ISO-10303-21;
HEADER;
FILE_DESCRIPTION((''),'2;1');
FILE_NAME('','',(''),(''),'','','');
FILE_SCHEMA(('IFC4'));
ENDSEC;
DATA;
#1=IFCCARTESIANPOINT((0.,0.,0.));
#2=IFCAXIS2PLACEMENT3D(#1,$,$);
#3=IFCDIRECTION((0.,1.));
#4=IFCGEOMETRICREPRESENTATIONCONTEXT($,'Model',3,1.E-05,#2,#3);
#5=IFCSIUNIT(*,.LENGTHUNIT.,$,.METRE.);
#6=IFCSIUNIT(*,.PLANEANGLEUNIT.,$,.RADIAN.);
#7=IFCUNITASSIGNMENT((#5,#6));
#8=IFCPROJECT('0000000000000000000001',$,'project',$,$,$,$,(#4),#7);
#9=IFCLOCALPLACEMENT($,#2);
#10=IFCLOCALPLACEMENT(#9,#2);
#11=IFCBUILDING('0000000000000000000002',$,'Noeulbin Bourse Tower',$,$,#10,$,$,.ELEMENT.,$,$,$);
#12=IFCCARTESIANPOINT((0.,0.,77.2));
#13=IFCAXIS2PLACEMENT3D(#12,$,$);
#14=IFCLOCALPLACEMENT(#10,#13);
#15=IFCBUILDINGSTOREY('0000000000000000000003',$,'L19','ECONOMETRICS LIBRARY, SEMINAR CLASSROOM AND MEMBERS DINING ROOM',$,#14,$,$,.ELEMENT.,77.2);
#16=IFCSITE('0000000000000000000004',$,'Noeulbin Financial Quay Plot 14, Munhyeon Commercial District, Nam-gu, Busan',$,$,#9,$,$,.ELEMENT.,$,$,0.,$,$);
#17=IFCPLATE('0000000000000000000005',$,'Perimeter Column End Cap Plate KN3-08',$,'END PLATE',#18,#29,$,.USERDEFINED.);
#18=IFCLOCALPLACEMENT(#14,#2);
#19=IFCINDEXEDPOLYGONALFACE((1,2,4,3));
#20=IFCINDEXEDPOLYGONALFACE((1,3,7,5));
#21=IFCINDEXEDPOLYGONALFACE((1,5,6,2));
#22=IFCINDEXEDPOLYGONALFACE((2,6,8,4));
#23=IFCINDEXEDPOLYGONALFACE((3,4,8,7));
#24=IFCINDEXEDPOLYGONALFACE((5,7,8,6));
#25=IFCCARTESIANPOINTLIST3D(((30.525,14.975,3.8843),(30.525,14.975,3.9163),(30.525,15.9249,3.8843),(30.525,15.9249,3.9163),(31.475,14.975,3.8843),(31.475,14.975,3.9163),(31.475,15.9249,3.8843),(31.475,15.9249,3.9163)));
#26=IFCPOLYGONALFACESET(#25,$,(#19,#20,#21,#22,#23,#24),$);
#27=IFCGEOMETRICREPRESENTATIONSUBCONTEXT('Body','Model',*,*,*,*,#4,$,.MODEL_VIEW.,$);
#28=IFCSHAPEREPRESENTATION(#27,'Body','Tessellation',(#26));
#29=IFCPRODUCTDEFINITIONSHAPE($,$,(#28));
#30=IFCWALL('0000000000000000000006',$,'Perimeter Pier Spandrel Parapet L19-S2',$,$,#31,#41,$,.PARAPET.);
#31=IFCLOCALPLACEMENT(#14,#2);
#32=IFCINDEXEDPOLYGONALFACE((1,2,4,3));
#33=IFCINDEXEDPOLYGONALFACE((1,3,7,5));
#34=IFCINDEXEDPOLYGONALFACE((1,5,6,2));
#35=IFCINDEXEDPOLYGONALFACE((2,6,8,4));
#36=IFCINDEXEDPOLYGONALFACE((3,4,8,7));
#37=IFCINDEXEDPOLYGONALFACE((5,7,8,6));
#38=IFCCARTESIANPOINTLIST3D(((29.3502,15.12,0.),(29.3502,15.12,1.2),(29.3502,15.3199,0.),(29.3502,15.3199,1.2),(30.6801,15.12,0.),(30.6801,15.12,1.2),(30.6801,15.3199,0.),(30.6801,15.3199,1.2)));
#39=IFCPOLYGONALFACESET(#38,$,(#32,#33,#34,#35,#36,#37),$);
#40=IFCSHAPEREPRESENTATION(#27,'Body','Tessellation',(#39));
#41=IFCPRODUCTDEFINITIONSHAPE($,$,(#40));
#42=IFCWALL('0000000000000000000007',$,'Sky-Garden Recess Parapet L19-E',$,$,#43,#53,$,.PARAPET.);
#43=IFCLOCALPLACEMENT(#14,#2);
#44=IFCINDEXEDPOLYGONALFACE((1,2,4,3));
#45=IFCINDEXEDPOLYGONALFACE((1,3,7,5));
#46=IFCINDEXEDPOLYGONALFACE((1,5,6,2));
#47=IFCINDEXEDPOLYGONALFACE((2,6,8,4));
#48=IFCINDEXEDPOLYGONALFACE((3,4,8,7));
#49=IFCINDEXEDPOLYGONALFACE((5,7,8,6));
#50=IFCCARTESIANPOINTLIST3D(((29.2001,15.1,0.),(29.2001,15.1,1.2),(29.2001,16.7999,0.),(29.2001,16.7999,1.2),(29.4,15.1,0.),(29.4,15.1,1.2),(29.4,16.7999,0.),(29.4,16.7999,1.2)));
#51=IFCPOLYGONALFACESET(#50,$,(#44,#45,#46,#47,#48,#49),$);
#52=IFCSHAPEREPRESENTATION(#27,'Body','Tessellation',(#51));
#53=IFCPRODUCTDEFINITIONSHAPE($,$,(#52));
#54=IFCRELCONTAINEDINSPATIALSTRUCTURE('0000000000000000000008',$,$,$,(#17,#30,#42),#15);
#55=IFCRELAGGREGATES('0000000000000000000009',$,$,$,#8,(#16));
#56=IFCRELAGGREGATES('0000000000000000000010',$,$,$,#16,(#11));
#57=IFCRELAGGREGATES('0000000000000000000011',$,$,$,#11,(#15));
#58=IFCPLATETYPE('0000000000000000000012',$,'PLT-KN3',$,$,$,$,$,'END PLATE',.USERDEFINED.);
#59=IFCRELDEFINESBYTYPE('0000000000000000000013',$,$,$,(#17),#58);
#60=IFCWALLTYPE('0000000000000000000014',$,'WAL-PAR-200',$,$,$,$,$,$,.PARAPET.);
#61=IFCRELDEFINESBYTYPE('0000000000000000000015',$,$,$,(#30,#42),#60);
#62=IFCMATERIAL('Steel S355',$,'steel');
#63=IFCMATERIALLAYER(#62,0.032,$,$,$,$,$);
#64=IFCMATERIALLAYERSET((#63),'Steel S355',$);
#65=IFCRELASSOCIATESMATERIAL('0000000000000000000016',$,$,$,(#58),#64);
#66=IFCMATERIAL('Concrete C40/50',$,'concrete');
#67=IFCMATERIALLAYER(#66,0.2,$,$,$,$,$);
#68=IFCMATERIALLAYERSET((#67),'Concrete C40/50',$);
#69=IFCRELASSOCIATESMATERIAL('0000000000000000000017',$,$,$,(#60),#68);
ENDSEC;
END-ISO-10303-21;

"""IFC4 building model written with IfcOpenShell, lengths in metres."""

from ifc_helpers import new_model, si_unit, direction, frame, frame_2d, origin, origin_2d, place, context, subcontext, project, spatial, rectangle, extrude, material, layer, layer_set, type_object, element, save


model = new_model("IFC4")

# Units and contexts
model_context = context("Model", 3, precision=1e-05, world=origin(), true_north=direction((0.0, 1.0)))
body_context = subcontext(model_context, "Body", "Model", "MODEL_VIEW")
ifc_project = project(units=[si_unit("LENGTHUNIT", "METRE"), si_unit("PLANEANGLEUNIT", "RADIAN")], contexts=[model_context])

# Site, building, storey
site_placement = place(None, origin())
site = spatial("IfcSite", under=ifc_project, at=site_placement, Name="Noeulbin Financial Quay Plot 14, Munhyeon Commercial District, Nam-gu, Busan", CompositionType="ELEMENT", RefElevation=0.0)
building_placement = place(site_placement, origin())
building = spatial("IfcBuilding", under=site, at=building_placement, Name="Noeulbin Bourse Tower", CompositionType="ELEMENT")
storey_placement = place(building_placement, frame((0.0, 0.0, 77.2)))
storey = spatial("IfcBuildingStorey", under=building, at=storey_placement, Name="L19", Description="ECONOMETRICS LIBRARY, SEMINAR CLASSROOM AND MEMBERS DINING ROOM", CompositionType="ELEMENT", Elevation=77.2)

# Shared definitions
ifc_material_1 = material(Name="Steel S355", Category="steel")

# Plate
ifc_layer_1 = layer(ifc_material_1, 0.032)
ifc_layer_set_1 = layer_set([ifc_layer_1], Name="Steel S355")
plate_type_1 = type_object("IfcPlateType", Name="PLT-KN3", ElementType="END PLATE", PredefinedType="USERDEFINED", material=ifc_layer_set_1)
plate_1_placement = place(storey_placement, frame((31.0, 15.45, 3.8843), z_axis=(0.0, 0.0, 1.0), x_axis=(1.0, 0.0, 0.0)))
element("IfcPlate", 1, at=plate_1_placement, inside=storey, type_object=plate_type_1, Name="Perimeter Column End Cap Plate KN3-08", ObjectType="END PLATE", PredefinedType="USERDEFINED", context=body_context, shape_type="SweptSolid", body=[
    extrude(rectangle(XDim=0.95, YDim=0.95, at=origin_2d()), origin(), (0.0, 0.0, 1.0), 0.032),
])

# Walls
ifc_material_2 = material(Name="Concrete C40/50", Category="concrete")
ifc_layer_2 = layer(ifc_material_2, 0.2)
ifc_layer_set_2 = layer_set([ifc_layer_2], Name="Concrete C40/50")
wall_type = type_object("IfcWallType", Name="WAL-PAR-200", PredefinedType="PARAPET", material=ifc_layer_set_2)
wall_1_placement = place(storey_placement, frame((29.3501, 15.22, 0.0), z_axis=(0.0, 0.0, 1.0), x_axis=(1.0, 0.0, 0.0)))
element("IfcWall", 2, at=wall_1_placement, inside=storey, type_object=wall_type, Name="Perimeter Pier Spandrel Parapet L19-S2", PredefinedType="PARAPET", context=body_context, shape_type="SweptSolid", body=[
    extrude(rectangle(XDim=1.3298, YDim=0.2, at=frame_2d((0.665, 0.0))), origin(), (0.0, 0.0, 1.0), 1.2),
])
wall_2_placement = place(storey_placement, frame((29.3, 16.8, 0.0), z_axis=(0.0, 0.0, 1.0), x_axis=(0.0, -1.0, 0.0)))
element("IfcWall", 3, at=wall_2_placement, inside=storey, type_object=wall_type, Name="Sky-Garden Recess Parapet L19-E", PredefinedType="PARAPET", context=body_context, shape_type="SweptSolid", body=[
    extrude(rectangle(XDim=1.7, YDim=0.2, at=frame_2d((0.8501, 0.0))), origin(), (0.0, 0.0, 1.0), 1.2),
])

save(model, "model.ifc")
